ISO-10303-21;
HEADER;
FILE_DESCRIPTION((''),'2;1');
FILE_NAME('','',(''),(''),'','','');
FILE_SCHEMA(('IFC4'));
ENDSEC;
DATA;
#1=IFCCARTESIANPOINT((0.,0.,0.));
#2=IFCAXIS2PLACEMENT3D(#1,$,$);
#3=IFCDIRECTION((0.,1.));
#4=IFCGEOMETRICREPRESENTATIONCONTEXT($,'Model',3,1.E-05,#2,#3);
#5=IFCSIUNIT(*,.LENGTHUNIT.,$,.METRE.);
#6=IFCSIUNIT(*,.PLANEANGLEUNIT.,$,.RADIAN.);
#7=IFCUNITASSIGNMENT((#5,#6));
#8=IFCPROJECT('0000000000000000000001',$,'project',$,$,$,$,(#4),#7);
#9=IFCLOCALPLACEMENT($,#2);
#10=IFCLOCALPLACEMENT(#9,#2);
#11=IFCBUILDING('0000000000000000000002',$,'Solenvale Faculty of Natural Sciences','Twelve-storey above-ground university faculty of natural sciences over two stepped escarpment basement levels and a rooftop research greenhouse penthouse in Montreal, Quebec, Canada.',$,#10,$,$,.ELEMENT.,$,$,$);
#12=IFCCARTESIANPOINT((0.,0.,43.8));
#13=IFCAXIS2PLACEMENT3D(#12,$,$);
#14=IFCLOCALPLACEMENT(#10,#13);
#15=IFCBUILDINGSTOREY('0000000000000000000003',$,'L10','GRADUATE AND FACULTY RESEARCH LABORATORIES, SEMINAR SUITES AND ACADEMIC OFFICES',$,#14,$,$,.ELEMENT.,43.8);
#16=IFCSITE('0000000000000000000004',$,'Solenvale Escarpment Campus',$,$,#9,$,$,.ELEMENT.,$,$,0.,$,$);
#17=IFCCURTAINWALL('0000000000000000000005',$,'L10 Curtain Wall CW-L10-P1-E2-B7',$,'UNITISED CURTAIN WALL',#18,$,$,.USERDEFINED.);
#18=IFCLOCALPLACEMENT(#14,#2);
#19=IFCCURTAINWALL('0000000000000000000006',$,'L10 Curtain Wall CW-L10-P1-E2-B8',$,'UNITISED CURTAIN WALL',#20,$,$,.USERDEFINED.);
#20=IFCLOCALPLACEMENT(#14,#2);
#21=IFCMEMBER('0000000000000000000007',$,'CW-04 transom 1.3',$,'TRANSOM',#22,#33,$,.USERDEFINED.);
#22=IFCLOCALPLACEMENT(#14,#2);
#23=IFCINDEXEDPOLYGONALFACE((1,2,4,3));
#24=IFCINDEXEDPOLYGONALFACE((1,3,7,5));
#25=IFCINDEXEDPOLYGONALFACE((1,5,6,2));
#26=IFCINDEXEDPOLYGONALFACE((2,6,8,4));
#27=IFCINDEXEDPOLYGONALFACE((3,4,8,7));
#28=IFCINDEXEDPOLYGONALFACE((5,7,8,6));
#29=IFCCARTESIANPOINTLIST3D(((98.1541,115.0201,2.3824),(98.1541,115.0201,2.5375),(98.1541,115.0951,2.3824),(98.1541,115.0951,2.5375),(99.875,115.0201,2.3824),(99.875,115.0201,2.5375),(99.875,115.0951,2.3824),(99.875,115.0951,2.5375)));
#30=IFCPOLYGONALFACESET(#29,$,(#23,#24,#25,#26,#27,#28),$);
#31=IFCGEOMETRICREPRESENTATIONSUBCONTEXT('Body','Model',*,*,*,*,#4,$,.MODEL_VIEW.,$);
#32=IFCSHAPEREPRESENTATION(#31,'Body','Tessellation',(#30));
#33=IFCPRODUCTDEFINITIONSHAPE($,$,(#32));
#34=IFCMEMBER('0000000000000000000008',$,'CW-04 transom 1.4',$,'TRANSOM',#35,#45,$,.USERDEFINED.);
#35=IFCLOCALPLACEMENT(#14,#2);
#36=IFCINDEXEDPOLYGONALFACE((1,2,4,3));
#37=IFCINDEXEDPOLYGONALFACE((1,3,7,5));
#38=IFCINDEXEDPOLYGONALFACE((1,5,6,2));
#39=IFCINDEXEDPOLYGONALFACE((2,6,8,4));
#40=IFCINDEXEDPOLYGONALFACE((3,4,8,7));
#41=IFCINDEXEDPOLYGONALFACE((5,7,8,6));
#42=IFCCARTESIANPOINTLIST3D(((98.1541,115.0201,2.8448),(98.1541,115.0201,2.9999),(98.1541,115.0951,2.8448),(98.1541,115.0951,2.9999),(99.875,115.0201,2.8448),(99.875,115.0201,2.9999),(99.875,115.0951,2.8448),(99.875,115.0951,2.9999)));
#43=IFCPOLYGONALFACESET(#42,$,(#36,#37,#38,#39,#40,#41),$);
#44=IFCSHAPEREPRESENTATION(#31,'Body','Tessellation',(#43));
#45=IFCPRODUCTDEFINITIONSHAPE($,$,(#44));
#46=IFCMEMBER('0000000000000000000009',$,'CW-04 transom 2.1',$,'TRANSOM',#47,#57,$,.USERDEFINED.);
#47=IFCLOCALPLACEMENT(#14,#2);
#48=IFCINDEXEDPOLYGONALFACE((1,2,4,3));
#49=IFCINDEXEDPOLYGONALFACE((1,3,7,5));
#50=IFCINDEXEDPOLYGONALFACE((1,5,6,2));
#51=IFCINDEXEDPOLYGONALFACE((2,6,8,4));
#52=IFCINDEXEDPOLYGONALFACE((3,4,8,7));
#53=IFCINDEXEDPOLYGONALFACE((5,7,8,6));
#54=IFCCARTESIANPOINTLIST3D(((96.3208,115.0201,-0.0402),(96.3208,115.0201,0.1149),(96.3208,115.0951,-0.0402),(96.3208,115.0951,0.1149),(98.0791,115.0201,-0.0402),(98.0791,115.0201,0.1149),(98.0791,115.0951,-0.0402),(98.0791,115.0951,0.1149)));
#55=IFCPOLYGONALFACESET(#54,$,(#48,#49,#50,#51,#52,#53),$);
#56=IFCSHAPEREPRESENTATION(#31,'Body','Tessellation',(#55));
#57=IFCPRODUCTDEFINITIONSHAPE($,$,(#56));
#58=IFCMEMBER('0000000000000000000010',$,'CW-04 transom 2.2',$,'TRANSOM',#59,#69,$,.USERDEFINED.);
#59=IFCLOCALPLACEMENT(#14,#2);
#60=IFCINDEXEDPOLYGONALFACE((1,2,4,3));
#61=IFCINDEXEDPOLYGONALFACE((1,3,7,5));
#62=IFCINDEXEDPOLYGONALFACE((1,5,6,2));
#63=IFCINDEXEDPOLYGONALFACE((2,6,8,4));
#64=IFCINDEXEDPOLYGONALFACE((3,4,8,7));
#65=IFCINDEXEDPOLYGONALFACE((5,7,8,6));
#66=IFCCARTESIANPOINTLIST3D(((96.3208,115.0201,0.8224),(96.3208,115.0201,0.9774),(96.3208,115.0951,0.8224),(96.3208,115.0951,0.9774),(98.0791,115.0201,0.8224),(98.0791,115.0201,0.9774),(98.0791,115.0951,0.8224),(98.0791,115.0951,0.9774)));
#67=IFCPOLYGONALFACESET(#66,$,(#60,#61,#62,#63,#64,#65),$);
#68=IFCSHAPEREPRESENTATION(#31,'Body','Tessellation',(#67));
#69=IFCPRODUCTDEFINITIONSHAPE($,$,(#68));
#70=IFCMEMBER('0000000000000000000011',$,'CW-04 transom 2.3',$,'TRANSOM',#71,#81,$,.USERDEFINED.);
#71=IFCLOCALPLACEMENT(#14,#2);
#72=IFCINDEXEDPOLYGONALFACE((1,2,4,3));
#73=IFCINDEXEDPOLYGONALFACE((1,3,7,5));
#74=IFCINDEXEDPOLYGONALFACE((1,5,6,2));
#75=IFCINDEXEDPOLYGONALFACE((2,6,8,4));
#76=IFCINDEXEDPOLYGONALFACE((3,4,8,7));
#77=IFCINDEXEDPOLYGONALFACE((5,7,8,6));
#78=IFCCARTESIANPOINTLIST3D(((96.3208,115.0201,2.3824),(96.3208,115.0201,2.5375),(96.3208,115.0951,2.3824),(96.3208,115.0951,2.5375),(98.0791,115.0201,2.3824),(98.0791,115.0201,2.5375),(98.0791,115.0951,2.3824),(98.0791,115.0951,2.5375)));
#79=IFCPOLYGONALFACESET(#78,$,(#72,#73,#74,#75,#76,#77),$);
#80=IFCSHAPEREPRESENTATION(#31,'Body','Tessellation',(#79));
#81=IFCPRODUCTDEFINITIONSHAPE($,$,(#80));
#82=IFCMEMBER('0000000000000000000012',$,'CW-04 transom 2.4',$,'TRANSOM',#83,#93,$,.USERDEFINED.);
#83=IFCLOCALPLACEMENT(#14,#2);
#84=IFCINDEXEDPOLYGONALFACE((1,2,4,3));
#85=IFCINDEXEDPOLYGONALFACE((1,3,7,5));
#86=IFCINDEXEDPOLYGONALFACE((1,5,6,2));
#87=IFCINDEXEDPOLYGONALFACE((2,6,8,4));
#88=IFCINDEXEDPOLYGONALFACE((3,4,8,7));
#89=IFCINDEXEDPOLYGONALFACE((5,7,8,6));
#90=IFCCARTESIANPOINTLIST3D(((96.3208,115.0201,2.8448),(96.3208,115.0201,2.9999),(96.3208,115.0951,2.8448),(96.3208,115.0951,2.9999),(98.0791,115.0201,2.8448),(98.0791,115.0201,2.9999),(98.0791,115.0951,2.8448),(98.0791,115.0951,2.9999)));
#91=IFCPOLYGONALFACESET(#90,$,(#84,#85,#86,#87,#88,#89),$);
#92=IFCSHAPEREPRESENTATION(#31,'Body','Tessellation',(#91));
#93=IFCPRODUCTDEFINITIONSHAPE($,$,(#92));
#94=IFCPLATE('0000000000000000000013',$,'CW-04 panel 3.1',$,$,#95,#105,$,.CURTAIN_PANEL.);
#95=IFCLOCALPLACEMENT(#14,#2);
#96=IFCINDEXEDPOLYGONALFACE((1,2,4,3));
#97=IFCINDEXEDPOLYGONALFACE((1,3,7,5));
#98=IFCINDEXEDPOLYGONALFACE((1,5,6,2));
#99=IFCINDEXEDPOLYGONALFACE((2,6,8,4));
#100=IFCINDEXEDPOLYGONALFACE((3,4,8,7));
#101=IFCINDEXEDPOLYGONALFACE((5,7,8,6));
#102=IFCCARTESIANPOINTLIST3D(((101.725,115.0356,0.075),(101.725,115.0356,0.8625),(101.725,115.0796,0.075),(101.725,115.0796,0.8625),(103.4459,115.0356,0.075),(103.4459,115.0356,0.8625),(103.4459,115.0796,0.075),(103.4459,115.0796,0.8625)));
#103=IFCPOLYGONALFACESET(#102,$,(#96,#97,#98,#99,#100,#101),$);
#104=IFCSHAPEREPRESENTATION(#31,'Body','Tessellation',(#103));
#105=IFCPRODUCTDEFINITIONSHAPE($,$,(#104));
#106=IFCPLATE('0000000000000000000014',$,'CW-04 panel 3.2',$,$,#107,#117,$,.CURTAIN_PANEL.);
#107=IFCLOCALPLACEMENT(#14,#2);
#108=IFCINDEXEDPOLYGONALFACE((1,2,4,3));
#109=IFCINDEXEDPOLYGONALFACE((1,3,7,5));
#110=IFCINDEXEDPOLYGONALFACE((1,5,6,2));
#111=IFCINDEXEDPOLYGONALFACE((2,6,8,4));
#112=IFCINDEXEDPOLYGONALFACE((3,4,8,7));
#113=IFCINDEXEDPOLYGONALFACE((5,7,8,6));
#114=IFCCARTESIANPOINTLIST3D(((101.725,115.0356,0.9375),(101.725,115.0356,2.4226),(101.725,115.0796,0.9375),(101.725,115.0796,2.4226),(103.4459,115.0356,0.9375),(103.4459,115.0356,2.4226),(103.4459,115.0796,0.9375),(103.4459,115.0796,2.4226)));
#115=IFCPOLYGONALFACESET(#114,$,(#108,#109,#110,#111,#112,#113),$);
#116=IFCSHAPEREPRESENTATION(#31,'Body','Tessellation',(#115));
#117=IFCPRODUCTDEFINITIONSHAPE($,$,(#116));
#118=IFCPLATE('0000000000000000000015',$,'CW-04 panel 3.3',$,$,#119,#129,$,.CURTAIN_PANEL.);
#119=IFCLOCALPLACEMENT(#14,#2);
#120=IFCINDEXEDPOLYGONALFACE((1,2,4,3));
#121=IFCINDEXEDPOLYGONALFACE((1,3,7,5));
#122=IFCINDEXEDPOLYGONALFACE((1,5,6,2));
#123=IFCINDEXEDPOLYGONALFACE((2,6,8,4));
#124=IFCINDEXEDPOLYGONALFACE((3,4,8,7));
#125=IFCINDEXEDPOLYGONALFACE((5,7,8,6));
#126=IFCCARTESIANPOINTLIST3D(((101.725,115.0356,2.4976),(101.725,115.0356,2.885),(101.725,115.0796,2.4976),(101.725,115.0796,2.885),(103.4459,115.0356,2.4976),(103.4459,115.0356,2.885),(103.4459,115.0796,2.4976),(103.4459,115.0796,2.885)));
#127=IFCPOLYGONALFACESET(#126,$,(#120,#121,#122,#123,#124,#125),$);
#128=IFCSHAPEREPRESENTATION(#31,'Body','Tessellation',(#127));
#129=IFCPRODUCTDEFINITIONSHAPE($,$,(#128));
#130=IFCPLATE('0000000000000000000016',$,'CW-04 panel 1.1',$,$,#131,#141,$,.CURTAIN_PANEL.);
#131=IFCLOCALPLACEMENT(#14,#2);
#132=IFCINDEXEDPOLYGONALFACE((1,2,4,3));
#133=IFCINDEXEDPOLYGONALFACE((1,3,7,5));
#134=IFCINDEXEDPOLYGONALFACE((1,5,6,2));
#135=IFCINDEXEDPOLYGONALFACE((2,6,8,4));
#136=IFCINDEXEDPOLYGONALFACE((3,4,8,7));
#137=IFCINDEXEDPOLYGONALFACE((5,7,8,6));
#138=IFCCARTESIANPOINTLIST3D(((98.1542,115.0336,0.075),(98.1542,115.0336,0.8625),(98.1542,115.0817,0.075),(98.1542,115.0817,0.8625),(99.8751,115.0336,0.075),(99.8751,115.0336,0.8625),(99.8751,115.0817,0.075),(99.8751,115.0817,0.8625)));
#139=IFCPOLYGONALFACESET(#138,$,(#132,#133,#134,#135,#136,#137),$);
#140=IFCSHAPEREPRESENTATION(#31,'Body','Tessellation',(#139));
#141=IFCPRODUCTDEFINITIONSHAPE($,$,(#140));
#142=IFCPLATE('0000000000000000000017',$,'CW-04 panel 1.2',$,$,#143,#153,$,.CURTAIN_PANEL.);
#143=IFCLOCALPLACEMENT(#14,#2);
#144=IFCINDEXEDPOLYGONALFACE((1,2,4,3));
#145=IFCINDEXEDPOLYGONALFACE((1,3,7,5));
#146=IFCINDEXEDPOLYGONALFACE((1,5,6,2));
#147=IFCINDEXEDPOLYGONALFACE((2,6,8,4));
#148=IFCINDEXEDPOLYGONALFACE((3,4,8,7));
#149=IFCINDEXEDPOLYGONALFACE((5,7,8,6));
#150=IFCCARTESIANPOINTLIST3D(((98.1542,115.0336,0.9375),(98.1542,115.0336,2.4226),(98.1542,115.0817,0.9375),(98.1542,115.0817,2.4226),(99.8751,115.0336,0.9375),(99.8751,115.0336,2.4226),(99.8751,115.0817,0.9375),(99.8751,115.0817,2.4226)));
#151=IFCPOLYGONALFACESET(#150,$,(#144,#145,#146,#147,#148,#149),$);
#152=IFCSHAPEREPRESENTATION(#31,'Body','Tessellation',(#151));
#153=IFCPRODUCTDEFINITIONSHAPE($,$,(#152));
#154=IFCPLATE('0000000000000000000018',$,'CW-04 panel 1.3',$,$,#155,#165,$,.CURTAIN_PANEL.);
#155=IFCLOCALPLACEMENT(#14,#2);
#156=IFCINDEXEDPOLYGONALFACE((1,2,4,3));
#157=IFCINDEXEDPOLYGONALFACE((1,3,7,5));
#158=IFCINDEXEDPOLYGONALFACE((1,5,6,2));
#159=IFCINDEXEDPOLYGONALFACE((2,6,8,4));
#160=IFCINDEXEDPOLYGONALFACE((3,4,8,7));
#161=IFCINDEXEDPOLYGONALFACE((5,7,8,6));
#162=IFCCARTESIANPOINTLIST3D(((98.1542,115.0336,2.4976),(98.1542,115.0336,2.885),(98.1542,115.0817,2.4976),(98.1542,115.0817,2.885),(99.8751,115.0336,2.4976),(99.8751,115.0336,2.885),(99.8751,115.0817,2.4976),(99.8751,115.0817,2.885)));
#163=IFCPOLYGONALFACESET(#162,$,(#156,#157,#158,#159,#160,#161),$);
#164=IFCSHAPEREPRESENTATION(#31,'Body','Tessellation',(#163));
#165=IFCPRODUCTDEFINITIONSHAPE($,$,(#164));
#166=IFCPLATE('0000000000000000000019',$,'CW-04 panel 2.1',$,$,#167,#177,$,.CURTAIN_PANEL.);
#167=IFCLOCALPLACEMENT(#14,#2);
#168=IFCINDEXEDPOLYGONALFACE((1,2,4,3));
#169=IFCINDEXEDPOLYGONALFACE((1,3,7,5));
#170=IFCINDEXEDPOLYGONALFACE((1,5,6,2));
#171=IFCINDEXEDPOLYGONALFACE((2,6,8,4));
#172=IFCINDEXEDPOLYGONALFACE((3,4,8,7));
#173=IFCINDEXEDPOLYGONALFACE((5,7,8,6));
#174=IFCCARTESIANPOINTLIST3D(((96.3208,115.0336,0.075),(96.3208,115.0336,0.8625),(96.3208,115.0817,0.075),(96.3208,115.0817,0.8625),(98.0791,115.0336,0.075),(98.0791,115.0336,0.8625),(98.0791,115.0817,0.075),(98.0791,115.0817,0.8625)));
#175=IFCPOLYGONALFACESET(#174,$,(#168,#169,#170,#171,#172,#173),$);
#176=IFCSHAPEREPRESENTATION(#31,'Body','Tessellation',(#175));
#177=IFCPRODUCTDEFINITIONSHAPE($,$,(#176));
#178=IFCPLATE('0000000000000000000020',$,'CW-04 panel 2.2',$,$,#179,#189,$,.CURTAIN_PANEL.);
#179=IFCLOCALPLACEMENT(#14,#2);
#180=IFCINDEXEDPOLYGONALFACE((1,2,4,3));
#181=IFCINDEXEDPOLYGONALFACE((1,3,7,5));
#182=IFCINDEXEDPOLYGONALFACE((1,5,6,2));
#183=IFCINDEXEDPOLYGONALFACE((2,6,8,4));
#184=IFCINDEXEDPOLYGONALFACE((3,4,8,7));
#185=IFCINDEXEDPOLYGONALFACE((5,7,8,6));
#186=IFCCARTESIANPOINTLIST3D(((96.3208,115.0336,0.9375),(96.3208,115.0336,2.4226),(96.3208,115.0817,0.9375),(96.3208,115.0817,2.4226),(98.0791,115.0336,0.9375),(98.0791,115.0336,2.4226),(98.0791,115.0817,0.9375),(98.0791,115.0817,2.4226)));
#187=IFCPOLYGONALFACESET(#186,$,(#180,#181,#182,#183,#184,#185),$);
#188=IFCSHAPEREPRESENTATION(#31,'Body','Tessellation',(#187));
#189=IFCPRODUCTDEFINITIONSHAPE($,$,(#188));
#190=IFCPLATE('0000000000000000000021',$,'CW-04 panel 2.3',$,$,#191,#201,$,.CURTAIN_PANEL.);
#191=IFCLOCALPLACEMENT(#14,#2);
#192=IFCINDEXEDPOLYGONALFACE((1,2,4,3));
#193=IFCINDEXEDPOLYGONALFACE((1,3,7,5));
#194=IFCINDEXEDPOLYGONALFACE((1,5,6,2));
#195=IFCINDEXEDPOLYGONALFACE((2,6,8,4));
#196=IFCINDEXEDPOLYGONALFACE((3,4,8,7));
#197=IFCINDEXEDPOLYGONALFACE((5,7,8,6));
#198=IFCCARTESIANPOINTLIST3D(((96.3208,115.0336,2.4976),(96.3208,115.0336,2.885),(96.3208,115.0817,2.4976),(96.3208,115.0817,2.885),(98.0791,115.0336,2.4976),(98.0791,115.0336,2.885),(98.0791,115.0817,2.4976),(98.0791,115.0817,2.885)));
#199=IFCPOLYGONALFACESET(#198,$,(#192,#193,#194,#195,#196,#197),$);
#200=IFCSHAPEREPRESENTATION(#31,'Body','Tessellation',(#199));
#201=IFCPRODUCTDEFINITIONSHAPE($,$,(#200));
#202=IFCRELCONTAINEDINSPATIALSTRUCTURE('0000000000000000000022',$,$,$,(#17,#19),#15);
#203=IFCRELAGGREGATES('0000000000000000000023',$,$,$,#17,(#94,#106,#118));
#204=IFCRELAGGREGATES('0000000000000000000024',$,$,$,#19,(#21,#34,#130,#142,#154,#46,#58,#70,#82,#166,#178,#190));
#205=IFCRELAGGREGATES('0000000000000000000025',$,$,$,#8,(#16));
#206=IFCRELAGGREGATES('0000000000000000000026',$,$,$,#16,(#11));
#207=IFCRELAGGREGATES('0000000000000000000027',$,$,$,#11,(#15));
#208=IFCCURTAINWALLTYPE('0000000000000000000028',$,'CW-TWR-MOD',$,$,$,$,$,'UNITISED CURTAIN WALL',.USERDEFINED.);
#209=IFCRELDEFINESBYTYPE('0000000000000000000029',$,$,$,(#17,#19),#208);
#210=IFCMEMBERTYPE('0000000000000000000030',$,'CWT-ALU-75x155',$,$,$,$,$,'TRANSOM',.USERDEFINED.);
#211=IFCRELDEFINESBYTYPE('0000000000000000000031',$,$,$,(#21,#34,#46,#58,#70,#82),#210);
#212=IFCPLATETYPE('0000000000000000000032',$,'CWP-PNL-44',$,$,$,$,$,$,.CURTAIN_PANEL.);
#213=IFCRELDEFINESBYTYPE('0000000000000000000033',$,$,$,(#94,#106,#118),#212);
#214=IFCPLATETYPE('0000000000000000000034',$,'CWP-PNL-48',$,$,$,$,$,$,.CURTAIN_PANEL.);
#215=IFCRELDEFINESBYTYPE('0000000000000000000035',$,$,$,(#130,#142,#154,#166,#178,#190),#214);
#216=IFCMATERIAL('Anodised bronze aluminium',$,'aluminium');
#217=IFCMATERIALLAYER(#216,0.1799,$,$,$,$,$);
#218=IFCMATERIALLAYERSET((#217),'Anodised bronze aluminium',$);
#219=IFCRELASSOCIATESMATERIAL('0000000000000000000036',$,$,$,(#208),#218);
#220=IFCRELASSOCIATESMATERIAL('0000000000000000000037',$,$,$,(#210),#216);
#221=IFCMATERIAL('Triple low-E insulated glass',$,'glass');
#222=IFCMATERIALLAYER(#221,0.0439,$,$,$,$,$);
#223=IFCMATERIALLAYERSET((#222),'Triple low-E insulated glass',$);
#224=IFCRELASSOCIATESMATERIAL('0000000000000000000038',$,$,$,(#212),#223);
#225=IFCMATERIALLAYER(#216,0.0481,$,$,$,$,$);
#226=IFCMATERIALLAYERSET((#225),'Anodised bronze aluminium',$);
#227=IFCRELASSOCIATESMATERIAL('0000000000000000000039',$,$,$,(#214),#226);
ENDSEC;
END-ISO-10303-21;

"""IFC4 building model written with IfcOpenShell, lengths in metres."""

from ifc_helpers import new_model, si_unit, direction, frame, origin, origin_2d, place, context, subcontext, project, spatial, rectangle, extrude, material, layer, layer_set, material_profile, profile_set, type_object, element, aggregate, save


model = new_model("IFC4")

# Units and contexts
model_context = context("Model", 3, precision=1e-05, world=origin(), true_north=direction((0.0, 1.0)))
body_context = subcontext(model_context, "Body", "Model", "MODEL_VIEW")
ifc_project = project(units=[si_unit("LENGTHUNIT", "METRE"), si_unit("PLANEANGLEUNIT", "RADIAN")], contexts=[model_context])

# Site, building, storey
site_placement = place(None, origin())
site = spatial("IfcSite", under=ifc_project, at=site_placement, Name="Solenvale Escarpment Campus", CompositionType="ELEMENT", RefElevation=0.0)
building_placement = place(site_placement, origin())
building = spatial("IfcBuilding", under=site, at=building_placement, Name="Solenvale Faculty of Natural Sciences", Description="Twelve-storey above-ground university faculty of natural sciences over two stepped escarpment basement levels and a rooftop research greenhouse penthouse in Montreal, Quebec, Canada.", CompositionType="ELEMENT")
storey_placement = place(building_placement, frame((0.0, 0.0, 43.8)))
storey = spatial("IfcBuildingStorey", under=building, at=storey_placement, Name="L10", Description="GRADUATE AND FACULTY RESEARCH LABORATORIES, SEMINAR SUITES AND ACADEMIC OFFICES", CompositionType="ELEMENT", Elevation=43.8)

# Curtain wall
ifc_material_1 = material(Name="Anodised bronze aluminium", Category="aluminium")
ifc_layer_1 = layer(ifc_material_1, 0.1799)
ifc_layer_set_1 = layer_set([ifc_layer_1], Name="Anodised bronze aluminium")
curtain_wall_type = type_object("IfcCurtainWallType", Name="CW-TWR-MOD", ElementType="UNITISED CURTAIN WALL", PredefinedType="USERDEFINED", material=ifc_layer_set_1)
curtain_wall_1_placement = place(storey_placement, origin())
curtain_wall_1 = element("IfcCurtainWall", 1, at=curtain_wall_1_placement, inside=storey, type_object=curtain_wall_type, Name="L10 Curtain Wall CW-L10-P1-E2-B7", ObjectType="UNITISED CURTAIN WALL", PredefinedType="USERDEFINED")

# Curtain wall
curtain_wall_2_placement = place(storey_placement, origin())
curtain_wall_2 = element("IfcCurtainWall", 2, at=curtain_wall_2_placement, inside=storey, type_object=curtain_wall_type, Name="L10 Curtain Wall CW-L10-P1-E2-B8", ObjectType="UNITISED CURTAIN WALL", PredefinedType="USERDEFINED")

# Members
ifc_material_profile_1 = material_profile(ifc_material_1, rectangle(XDim=0.075, YDim=0.155, at=origin_2d()), Name="ALU-TRN-75x155")
ifc_profile_set_1 = profile_set([ifc_material_profile_1], Name="Anodised bronze aluminium")
member_type_1 = type_object("IfcMemberType", Name="CWT-ALU-75x155", ElementType="TRANSOM", PredefinedType="USERDEFINED", material=ifc_profile_set_1)
member_1_placement = place(storey_placement, frame((99.875, 115.0576, 2.46), z_axis=(-1.0, 0.0, 0.0), x_axis=(0.0, -1.0, 0.0)))
member_1 = element("IfcMember", 3, at=member_1_placement, type_object=member_type_1, Name="CW-04 transom 1.3", ObjectType="TRANSOM", PredefinedType="USERDEFINED", context=body_context, shape_type="SweptSolid", body=[
    extrude(rectangle(XDim=0.075, YDim=0.155, at=origin_2d()), origin(), (0.0, 0.0, 1.0), 1.7209),
])
member_2_placement = place(storey_placement, frame((99.875, 115.0576, 2.9224), z_axis=(-1.0, 0.0, 0.0), x_axis=(0.0, -1.0, 0.0)))
member_2 = element("IfcMember", 4, at=member_2_placement, type_object=member_type_1, Name="CW-04 transom 1.4", ObjectType="TRANSOM", PredefinedType="USERDEFINED", context=body_context, shape_type="SweptSolid", body=[
    extrude(rectangle(XDim=0.075, YDim=0.155, at=origin_2d()), origin(), (0.0, 0.0, 1.0), 1.7209),
])
member_3_placement = place(storey_placement, frame((98.0791, 115.0576, 0.0374), z_axis=(-1.0, 0.0, 0.0), x_axis=(0.0, -1.0, 0.0)))
member_3 = element("IfcMember", 5, at=member_3_placement, type_object=member_type_1, Name="CW-04 transom 2.1", ObjectType="TRANSOM", PredefinedType="USERDEFINED", context=body_context, shape_type="SweptSolid", body=[
    extrude(rectangle(XDim=0.075, YDim=0.155, at=origin_2d()), origin(), (0.0, 0.0, 1.0), 1.7583),
])
member_4_placement = place(storey_placement, frame((98.0791, 115.0576, 0.8999), z_axis=(-1.0, 0.0, 0.0), x_axis=(0.0, -1.0, 0.0)))
member_4 = element("IfcMember", 6, at=member_4_placement, type_object=member_type_1, Name="CW-04 transom 2.2", ObjectType="TRANSOM", PredefinedType="USERDEFINED", context=body_context, shape_type="SweptSolid", body=[
    extrude(rectangle(XDim=0.075, YDim=0.155, at=origin_2d()), origin(), (0.0, 0.0, 1.0), 1.7583),
])
member_5_placement = place(storey_placement, frame((98.0791, 115.0576, 2.46), z_axis=(-1.0, 0.0, 0.0), x_axis=(0.0, -1.0, 0.0)))
member_5 = element("IfcMember", 7, at=member_5_placement, type_object=member_type_1, Name="CW-04 transom 2.3", ObjectType="TRANSOM", PredefinedType="USERDEFINED", context=body_context, shape_type="SweptSolid", body=[
    extrude(rectangle(XDim=0.075, YDim=0.155, at=origin_2d()), origin(), (0.0, 0.0, 1.0), 1.7583),
])
member_6_placement = place(storey_placement, frame((98.0791, 115.0576, 2.9224), z_axis=(-1.0, 0.0, 0.0), x_axis=(0.0, -1.0, 0.0)))
member_6 = element("IfcMember", 8, at=member_6_placement, type_object=member_type_1, Name="CW-04 transom 2.4", ObjectType="TRANSOM", PredefinedType="USERDEFINED", context=body_context, shape_type="SweptSolid", body=[
    extrude(rectangle(XDim=0.075, YDim=0.155, at=origin_2d()), origin(), (0.0, 0.0, 1.0), 1.7583),
])

# Plates
ifc_material_2 = material(Name="Triple low-E insulated glass", Category="glass")
ifc_layer_2 = layer(ifc_material_2, 0.0439)
ifc_layer_set_2 = layer_set([ifc_layer_2], Name="Triple low-E insulated glass")
plate_type_1 = type_object("IfcPlateType", Name="CWP-PNL-44", PredefinedType="CURTAIN_PANEL", material=ifc_layer_set_2)
plate_1_placement = place(storey_placement, frame((102.5854, 115.0576, 0.075), z_axis=(0.0, 0.0, 1.0), x_axis=(-1.0, 0.0, 0.0)))
plate_1 = element("IfcPlate", 9, at=plate_1_placement, type_object=plate_type_1, Name="CW-04 panel 3.1", PredefinedType="CURTAIN_PANEL", context=body_context, shape_type="SweptSolid", body=[
    extrude(rectangle(XDim=1.7209, YDim=0.0439, at=origin_2d()), origin(), (0.0, 0.0, 1.0), 0.7876),
])
plate_2_placement = place(storey_placement, frame((102.5854, 115.0576, 0.9375), z_axis=(0.0, 0.0, 1.0), x_axis=(-1.0, 0.0, 0.0)))
plate_2 = element("IfcPlate", 10, at=plate_2_placement, type_object=plate_type_1, Name="CW-04 panel 3.2", PredefinedType="CURTAIN_PANEL", context=body_context, shape_type="SweptSolid", body=[
    extrude(rectangle(XDim=1.7209, YDim=0.0439, at=origin_2d()), origin(), (0.0, 0.0, 1.0), 1.4851),
])
plate_3_placement = place(storey_placement, frame((102.5854, 115.0576, 2.4976), z_axis=(0.0, 0.0, 1.0), x_axis=(-1.0, 0.0, 0.0)))
plate_3 = element("IfcPlate", 11, at=plate_3_placement, type_object=plate_type_1, Name="CW-04 panel 3.3", PredefinedType="CURTAIN_PANEL", context=body_context, shape_type="SweptSolid", body=[
    extrude(rectangle(XDim=1.7209, YDim=0.0439, at=origin_2d()), origin(), (0.0, 0.0, 1.0), 0.3875),
])
aggregate(curtain_wall_1, [plate_1, plate_2, plate_3])
ifc_layer_3 = layer(ifc_material_1, 0.0481)
ifc_layer_set_3 = layer_set([ifc_layer_3], Name="Anodised bronze aluminium")
plate_type_2 = type_object("IfcPlateType", Name="CWP-PNL-48", PredefinedType="CURTAIN_PANEL", material=ifc_layer_set_3)
plate_4_placement = place(storey_placement, frame((99.0146, 115.0576, 0.075), z_axis=(0.0, 0.0, 1.0), x_axis=(-1.0, 0.0, 0.0)))
plate_4 = element("IfcPlate", 12, at=plate_4_placement, type_object=plate_type_2, Name="CW-04 panel 1.1", PredefinedType="CURTAIN_PANEL", context=body_context, shape_type="SweptSolid", body=[
    extrude(rectangle(XDim=1.7209, YDim=0.0481, at=origin_2d()), origin(), (0.0, 0.0, 1.0), 0.7876),
])
plate_5_placement = place(storey_placement, frame((99.0146, 115.0576, 0.9375), z_axis=(0.0, 0.0, 1.0), x_axis=(-1.0, 0.0, 0.0)))
plate_5 = element("IfcPlate", 13, at=plate_5_placement, type_object=plate_type_2, Name="CW-04 panel 1.2", PredefinedType="CURTAIN_PANEL", context=body_context, shape_type="SweptSolid", body=[
    extrude(rectangle(XDim=1.7209, YDim=0.0481, at=origin_2d()), origin(), (0.0, 0.0, 1.0), 1.4851),
])
plate_6_placement = place(storey_placement, frame((99.0146, 115.0576, 2.4976), z_axis=(0.0, 0.0, 1.0), x_axis=(-1.0, 0.0, 0.0)))
plate_6 = element("IfcPlate", 14, at=plate_6_placement, type_object=plate_type_2, Name="CW-04 panel 1.3", PredefinedType="CURTAIN_PANEL", context=body_context, shape_type="SweptSolid", body=[
    extrude(rectangle(XDim=1.7209, YDim=0.0481, at=origin_2d()), origin(), (0.0, 0.0, 1.0), 0.3875),
])
plate_7_placement = place(storey_placement, frame((97.2, 115.0576, 0.075), z_axis=(0.0, 0.0, 1.0), x_axis=(-1.0, 0.0, 0.0)))
plate_7 = element("IfcPlate", 15, at=plate_7_placement, type_object=plate_type_2, Name="CW-04 panel 2.1", PredefinedType="CURTAIN_PANEL", context=body_context, shape_type="SweptSolid", body=[
    extrude(rectangle(XDim=1.7583, YDim=0.0481, at=origin_2d()), origin(), (0.0, 0.0, 1.0), 0.7876),
])
plate_8_placement = place(storey_placement, frame((97.2, 115.0576, 0.9375), z_axis=(0.0, 0.0, 1.0), x_axis=(-1.0, 0.0, 0.0)))
plate_8 = element("IfcPlate", 16, at=plate_8_placement, type_object=plate_type_2, Name="CW-04 panel 2.2", PredefinedType="CURTAIN_PANEL", context=body_context, shape_type="SweptSolid", body=[
    extrude(rectangle(XDim=1.7583, YDim=0.0481, at=origin_2d()), origin(), (0.0, 0.0, 1.0), 1.4851),
])
plate_9_placement = place(storey_placement, frame((97.2, 115.0576, 2.4976), z_axis=(0.0, 0.0, 1.0), x_axis=(-1.0, 0.0, 0.0)))
plate_9 = element("IfcPlate", 17, at=plate_9_placement, type_object=plate_type_2, Name="CW-04 panel 2.3", PredefinedType="CURTAIN_PANEL", context=body_context, shape_type="SweptSolid", body=[
    extrude(rectangle(XDim=1.7583, YDim=0.0481, at=origin_2d()), origin(), (0.0, 0.0, 1.0), 0.3875),
])
aggregate(curtain_wall_2, [member_1, member_2, plate_4, plate_5, plate_6, member_3, member_4, member_5, member_6, plate_7, plate_8, plate_9])

save(model, "model.ifc")
